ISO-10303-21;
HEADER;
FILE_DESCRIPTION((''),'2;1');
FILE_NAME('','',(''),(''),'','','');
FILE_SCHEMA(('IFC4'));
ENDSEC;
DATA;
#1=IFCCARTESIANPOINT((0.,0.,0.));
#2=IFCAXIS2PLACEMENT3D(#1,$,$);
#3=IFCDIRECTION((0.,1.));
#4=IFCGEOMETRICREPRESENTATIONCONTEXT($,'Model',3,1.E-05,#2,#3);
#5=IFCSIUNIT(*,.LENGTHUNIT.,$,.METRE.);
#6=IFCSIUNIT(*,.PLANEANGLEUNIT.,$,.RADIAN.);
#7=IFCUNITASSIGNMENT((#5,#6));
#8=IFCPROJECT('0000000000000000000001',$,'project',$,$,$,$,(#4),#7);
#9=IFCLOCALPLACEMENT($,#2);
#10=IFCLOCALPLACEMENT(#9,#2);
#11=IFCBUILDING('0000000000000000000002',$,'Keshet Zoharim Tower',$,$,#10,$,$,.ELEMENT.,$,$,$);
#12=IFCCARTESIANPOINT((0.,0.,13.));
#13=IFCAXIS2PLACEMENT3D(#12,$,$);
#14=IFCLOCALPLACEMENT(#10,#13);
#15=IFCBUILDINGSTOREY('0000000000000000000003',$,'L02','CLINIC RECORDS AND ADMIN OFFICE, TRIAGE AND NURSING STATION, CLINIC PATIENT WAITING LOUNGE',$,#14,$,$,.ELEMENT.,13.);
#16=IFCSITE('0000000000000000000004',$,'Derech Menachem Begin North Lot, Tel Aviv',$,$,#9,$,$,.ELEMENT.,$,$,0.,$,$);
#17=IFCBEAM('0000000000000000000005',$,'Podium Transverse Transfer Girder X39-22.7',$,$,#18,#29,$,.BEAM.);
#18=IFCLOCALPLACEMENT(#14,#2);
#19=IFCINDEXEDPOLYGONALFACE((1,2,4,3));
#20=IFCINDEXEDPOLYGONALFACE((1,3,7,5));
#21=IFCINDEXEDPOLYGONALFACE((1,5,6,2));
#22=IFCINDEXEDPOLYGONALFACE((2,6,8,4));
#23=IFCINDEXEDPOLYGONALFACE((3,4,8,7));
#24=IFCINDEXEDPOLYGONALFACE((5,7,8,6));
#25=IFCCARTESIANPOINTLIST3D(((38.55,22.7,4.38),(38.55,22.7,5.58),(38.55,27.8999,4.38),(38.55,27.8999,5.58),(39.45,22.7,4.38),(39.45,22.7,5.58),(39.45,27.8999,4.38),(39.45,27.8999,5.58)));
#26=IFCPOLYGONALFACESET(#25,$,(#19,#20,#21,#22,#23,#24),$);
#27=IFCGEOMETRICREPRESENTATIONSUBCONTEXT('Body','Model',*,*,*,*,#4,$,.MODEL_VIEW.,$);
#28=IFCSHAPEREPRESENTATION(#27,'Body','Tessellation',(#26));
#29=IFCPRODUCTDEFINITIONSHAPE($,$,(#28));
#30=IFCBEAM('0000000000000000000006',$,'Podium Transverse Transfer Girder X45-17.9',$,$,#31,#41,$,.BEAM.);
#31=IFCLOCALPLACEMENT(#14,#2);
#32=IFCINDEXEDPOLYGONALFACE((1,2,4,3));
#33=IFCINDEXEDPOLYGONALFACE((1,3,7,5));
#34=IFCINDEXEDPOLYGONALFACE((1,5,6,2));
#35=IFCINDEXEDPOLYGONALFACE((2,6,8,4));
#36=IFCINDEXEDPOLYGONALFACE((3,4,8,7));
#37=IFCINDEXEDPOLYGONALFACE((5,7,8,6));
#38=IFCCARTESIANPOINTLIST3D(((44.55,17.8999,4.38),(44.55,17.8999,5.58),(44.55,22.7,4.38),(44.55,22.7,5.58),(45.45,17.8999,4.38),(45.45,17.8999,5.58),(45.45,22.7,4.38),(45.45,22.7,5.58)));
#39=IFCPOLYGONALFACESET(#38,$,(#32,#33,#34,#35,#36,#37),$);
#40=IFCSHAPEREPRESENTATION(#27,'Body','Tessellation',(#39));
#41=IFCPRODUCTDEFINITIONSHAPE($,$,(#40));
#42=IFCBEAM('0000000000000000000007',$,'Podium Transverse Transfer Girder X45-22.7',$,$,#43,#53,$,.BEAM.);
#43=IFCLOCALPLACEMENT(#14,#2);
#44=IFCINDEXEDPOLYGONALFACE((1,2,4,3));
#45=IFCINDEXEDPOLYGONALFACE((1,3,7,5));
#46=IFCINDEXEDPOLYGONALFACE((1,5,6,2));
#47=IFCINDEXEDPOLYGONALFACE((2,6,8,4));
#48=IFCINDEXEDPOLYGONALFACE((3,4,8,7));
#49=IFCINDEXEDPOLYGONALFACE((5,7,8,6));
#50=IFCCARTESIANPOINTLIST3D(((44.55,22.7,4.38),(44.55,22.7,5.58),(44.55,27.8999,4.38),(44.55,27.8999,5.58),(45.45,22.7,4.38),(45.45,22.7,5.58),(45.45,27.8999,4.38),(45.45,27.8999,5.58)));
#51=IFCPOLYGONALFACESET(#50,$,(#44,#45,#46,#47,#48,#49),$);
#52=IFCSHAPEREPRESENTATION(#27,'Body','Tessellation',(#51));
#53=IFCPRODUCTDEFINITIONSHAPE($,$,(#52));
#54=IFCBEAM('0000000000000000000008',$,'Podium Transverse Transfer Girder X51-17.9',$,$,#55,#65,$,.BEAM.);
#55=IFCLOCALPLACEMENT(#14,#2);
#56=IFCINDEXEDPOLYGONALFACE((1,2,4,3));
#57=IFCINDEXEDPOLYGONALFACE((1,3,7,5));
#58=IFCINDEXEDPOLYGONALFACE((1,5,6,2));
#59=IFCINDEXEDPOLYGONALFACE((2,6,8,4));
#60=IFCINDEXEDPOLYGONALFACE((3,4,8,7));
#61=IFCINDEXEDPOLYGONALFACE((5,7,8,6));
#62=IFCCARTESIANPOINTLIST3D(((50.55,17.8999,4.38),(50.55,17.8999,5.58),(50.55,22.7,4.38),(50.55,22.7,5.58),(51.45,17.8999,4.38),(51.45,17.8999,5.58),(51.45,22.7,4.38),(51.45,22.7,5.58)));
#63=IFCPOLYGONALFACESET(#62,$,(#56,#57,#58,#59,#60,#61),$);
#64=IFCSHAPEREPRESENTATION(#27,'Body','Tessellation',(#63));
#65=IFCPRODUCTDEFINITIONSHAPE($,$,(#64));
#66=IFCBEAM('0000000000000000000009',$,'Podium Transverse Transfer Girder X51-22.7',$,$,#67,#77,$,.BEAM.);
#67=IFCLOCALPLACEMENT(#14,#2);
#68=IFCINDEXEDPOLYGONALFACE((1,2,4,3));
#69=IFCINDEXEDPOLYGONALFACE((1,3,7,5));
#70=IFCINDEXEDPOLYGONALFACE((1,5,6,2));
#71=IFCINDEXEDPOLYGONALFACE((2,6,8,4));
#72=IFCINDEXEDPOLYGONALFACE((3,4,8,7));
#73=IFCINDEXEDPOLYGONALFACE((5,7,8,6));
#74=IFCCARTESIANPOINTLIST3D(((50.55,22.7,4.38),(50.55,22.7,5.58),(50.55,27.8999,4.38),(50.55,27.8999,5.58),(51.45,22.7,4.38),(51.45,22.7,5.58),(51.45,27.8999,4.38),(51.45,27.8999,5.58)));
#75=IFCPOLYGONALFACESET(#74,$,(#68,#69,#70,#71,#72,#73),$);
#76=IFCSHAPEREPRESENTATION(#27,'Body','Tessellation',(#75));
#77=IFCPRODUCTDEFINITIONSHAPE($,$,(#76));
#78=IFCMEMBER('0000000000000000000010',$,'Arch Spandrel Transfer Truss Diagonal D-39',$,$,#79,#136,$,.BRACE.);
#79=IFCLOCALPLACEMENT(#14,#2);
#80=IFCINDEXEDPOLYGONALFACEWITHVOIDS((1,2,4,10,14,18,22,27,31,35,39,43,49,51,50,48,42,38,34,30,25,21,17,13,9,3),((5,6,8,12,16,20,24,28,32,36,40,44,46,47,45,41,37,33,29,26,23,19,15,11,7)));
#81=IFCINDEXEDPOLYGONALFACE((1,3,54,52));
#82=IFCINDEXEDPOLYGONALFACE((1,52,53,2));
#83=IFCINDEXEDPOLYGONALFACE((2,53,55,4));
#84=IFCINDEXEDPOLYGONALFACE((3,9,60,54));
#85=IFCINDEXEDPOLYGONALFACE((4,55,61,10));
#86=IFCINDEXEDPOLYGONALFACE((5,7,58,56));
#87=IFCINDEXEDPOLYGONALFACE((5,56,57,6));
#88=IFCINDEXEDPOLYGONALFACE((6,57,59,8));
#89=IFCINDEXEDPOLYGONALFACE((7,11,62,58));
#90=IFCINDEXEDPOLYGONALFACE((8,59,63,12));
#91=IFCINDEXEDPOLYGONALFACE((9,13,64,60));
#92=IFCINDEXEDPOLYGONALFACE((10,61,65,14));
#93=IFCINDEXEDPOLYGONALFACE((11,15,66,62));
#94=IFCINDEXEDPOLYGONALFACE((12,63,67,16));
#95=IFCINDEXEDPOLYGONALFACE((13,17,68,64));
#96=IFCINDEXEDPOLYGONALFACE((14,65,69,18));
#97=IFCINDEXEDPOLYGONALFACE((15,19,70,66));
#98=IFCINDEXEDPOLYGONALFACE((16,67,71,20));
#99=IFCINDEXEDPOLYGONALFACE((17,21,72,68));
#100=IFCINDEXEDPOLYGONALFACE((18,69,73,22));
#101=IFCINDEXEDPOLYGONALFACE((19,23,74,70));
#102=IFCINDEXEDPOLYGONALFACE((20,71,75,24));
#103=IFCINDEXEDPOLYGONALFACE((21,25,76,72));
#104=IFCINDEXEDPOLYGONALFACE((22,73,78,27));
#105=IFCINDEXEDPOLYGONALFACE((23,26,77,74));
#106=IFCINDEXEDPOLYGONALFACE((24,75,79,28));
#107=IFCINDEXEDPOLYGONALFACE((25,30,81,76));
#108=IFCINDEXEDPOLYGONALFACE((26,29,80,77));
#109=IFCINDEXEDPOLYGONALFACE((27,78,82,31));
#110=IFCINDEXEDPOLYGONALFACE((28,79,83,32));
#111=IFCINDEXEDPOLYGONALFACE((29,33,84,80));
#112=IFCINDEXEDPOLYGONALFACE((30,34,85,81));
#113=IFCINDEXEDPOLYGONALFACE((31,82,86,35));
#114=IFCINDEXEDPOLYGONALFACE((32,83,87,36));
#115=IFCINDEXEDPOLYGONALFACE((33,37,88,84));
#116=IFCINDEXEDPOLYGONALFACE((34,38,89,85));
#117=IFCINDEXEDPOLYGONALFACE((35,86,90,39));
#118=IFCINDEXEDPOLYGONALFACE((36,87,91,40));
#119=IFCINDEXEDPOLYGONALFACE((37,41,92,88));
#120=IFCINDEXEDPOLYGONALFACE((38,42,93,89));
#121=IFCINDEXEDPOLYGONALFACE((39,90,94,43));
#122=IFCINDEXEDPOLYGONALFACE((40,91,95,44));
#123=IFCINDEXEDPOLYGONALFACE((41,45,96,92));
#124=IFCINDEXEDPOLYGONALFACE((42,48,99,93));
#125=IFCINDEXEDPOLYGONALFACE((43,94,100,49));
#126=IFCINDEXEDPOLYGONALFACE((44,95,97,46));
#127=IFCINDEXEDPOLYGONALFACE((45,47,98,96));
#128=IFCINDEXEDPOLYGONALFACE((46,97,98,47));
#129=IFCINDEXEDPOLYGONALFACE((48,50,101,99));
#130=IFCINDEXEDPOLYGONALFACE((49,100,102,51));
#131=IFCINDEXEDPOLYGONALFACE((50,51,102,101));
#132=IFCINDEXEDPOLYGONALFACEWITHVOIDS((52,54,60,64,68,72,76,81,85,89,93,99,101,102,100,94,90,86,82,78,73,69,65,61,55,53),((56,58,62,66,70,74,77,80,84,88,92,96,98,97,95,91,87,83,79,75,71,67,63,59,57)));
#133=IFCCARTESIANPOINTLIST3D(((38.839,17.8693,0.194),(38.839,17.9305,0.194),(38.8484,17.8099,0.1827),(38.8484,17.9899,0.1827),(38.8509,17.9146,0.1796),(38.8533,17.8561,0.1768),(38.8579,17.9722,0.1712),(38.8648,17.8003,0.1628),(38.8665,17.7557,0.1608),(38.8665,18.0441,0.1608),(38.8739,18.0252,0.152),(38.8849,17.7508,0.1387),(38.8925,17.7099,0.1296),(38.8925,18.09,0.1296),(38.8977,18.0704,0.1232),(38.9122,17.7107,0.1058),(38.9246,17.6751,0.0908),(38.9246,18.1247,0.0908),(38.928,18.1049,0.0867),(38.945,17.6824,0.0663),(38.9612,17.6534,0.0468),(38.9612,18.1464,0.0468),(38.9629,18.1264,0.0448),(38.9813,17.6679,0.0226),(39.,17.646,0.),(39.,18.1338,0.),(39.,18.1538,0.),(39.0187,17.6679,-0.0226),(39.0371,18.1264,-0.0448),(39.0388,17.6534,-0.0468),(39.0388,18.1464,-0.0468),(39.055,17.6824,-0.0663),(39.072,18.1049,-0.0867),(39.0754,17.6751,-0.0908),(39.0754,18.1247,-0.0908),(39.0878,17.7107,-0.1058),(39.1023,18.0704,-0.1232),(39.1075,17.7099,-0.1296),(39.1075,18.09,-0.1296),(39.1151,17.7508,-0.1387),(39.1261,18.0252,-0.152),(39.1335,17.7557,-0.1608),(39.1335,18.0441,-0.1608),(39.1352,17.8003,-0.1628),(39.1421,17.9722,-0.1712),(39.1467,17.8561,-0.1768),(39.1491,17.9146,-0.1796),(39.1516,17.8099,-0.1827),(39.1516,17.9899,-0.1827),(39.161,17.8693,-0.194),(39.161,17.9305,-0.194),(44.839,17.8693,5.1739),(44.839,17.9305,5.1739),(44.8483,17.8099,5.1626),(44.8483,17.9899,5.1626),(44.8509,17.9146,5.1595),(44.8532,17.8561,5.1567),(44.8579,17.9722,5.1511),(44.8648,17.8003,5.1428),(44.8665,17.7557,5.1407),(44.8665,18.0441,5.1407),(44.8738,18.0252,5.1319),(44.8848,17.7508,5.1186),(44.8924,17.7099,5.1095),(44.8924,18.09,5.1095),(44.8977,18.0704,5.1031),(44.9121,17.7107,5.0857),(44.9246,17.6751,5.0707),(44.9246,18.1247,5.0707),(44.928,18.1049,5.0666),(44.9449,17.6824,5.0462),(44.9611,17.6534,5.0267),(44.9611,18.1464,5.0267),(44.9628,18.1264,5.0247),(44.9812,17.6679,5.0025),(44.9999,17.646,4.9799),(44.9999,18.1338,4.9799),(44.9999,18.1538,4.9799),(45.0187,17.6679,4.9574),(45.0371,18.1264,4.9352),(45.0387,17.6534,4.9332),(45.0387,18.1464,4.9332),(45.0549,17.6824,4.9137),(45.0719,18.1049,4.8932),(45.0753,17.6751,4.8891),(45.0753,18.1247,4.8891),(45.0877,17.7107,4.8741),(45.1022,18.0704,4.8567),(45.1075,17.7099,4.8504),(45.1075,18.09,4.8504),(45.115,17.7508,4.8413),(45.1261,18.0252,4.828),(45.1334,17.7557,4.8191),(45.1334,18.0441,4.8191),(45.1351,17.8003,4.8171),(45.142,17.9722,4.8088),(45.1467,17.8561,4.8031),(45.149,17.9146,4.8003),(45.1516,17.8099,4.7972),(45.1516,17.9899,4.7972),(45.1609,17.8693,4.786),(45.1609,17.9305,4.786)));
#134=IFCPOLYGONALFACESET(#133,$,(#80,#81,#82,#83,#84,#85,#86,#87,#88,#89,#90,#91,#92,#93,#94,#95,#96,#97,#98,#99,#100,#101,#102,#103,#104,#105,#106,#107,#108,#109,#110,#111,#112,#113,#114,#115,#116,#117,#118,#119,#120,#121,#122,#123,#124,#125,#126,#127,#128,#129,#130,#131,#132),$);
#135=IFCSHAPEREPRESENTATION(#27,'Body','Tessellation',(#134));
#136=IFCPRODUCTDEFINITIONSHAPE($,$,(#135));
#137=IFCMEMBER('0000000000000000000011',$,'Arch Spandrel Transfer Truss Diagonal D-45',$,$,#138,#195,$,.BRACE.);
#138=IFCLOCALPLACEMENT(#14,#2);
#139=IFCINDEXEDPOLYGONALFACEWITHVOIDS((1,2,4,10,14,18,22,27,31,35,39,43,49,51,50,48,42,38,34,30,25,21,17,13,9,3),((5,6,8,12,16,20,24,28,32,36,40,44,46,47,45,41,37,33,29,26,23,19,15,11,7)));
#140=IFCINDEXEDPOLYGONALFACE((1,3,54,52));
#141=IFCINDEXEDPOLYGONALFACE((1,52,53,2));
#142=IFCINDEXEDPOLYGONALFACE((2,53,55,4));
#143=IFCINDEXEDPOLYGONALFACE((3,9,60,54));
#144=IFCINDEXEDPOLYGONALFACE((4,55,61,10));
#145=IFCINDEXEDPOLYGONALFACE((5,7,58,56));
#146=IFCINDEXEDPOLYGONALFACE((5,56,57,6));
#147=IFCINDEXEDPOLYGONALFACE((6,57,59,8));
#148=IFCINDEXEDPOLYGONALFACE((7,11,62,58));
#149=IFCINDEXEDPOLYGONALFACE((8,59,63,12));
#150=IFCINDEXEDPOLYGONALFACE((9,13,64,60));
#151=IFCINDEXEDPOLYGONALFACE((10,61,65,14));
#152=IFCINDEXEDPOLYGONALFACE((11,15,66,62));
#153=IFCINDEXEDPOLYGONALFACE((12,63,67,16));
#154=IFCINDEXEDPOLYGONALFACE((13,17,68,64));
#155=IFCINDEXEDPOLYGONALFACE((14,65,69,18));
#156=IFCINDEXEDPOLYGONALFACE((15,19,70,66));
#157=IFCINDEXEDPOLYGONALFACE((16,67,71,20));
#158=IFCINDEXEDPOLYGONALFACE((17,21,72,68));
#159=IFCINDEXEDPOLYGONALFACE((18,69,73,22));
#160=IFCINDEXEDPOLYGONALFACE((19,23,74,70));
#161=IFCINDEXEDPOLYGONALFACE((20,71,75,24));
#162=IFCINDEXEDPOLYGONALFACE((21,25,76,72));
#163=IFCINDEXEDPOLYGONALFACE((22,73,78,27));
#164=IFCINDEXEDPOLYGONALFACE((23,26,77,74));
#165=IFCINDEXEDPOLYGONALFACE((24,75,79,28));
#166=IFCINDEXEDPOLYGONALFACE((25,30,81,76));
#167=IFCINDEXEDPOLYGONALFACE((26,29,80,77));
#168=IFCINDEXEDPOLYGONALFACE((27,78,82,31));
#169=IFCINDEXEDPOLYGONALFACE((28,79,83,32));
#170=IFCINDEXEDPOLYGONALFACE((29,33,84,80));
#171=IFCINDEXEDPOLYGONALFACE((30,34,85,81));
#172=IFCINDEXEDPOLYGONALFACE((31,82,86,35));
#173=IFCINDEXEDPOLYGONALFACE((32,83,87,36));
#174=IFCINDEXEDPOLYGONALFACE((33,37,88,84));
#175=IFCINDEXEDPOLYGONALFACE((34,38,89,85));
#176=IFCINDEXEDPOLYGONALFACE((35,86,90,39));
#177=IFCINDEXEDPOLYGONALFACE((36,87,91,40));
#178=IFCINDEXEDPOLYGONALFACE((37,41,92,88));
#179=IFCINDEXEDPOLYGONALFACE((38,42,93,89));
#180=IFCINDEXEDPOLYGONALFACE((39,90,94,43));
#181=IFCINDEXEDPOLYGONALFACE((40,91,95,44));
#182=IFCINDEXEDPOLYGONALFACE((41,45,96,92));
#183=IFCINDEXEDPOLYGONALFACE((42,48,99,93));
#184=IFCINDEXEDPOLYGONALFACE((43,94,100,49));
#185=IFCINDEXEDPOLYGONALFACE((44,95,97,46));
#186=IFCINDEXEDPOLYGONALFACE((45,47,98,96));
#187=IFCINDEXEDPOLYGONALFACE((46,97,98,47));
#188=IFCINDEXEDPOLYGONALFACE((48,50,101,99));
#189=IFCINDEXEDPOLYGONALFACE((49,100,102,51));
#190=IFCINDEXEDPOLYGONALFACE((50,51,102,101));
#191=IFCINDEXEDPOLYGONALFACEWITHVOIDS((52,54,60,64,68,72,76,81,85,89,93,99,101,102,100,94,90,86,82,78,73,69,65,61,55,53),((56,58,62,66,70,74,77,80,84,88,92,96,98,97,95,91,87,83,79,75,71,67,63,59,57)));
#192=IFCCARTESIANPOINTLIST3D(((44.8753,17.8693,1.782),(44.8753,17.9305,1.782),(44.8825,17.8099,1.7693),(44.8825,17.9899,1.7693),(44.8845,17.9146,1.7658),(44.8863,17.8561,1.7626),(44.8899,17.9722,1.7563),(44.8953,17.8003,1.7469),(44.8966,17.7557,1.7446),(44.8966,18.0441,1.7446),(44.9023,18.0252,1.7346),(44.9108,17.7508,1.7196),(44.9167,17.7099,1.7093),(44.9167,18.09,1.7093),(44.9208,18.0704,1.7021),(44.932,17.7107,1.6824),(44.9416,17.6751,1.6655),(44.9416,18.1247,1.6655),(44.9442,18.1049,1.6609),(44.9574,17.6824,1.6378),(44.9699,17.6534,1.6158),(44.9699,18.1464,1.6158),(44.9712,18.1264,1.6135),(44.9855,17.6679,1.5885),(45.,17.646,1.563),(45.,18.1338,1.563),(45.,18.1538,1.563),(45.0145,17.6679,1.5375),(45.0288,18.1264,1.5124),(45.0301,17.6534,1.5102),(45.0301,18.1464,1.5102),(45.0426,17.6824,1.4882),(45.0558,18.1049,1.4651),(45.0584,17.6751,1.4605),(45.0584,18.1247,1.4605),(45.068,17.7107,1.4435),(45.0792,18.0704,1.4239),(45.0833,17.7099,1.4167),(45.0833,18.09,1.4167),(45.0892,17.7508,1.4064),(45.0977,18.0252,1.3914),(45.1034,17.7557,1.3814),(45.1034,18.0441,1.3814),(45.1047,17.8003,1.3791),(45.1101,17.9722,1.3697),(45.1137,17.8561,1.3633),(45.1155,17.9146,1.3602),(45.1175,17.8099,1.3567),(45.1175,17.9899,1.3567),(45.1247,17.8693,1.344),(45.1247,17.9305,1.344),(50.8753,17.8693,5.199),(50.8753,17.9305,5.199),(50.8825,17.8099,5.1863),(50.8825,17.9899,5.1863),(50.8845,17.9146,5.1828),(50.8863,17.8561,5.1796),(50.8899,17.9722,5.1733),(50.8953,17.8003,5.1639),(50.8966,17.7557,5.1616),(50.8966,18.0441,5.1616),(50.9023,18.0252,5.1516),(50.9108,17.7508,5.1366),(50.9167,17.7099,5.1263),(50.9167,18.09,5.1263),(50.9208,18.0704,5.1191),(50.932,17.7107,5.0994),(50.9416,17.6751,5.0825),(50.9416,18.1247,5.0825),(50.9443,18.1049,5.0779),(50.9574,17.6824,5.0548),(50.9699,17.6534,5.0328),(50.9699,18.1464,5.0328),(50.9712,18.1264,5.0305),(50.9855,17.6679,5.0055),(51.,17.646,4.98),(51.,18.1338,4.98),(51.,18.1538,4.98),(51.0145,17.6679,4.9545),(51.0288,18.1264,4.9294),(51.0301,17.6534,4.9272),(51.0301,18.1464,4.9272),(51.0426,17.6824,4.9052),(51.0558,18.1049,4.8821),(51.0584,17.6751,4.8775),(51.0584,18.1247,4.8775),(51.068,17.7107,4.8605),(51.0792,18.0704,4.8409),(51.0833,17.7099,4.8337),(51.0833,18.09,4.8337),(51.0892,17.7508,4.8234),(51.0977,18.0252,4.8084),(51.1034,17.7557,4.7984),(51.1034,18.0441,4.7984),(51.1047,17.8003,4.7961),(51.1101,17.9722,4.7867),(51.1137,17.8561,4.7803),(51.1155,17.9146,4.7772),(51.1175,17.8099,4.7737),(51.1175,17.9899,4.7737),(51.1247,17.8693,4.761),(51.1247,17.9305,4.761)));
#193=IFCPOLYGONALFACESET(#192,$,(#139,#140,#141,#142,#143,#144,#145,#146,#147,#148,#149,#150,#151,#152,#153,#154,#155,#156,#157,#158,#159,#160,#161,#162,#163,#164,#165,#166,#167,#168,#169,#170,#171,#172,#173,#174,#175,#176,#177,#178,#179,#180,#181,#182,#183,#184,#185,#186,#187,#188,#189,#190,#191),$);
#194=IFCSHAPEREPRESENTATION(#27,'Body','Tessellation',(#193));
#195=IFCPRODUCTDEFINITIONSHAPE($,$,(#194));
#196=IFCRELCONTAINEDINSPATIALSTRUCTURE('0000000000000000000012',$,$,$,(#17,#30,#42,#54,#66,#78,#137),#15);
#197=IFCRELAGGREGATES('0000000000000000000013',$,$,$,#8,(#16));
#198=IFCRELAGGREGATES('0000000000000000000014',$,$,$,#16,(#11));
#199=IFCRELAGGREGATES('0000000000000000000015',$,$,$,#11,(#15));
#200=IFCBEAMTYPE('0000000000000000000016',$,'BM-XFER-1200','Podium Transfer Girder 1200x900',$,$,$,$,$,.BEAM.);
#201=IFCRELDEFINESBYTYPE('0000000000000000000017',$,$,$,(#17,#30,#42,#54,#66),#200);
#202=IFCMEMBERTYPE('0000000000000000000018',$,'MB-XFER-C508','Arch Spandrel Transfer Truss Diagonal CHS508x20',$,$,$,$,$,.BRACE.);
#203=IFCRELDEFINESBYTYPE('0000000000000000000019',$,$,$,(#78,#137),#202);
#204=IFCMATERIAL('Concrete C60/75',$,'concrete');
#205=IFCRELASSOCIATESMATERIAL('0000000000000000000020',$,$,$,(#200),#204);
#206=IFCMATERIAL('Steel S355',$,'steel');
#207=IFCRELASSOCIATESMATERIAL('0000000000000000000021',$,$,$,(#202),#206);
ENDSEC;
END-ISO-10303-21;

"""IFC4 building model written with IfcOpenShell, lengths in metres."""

from ifc_helpers import new_model, si_unit, direction, frame, origin, origin_2d, place, context, subcontext, project, spatial, rectangle, hollow_circle, extrude, material, material_profile, profile_set, type_object, element, save


model = new_model("IFC4")

# Units and contexts
model_context = context("Model", 3, precision=1e-05, world=origin(), true_north=direction((0.0, 1.0)))
body_context = subcontext(model_context, "Body", "Model", "MODEL_VIEW")
ifc_project = project(units=[si_unit("LENGTHUNIT", "METRE"), si_unit("PLANEANGLEUNIT", "RADIAN")], contexts=[model_context])

# Site, building, storey
site_placement = place(None, origin())
site = spatial("IfcSite", under=ifc_project, at=site_placement, Name="Derech Menachem Begin North Lot, Tel Aviv", CompositionType="ELEMENT", RefElevation=0.0)
building_placement = place(site_placement, origin())
building = spatial("IfcBuilding", under=site, at=building_placement, Name="Keshet Zoharim Tower", CompositionType="ELEMENT")
storey_placement = place(building_placement, frame((0.0, 0.0, 13.0)))
storey = spatial("IfcBuildingStorey", under=building, at=storey_placement, Name="L02", Description="CLINIC RECORDS AND ADMIN OFFICE, TRIAGE AND NURSING STATION, CLINIC PATIENT WAITING LOUNGE", CompositionType="ELEMENT", Elevation=13.0)

# Shared definitions
ifc_material_1 = material(Name="Steel S355", Category="steel")

# Beams
ifc_material_2 = material(Name="Concrete C60/75", Category="concrete")
ifc_material_profile_1 = material_profile(ifc_material_2, rectangle(XDim=0.8999, YDim=1.2, at=origin_2d()), Name="RC1200x900")
ifc_profile_set_1 = profile_set([ifc_material_profile_1], Name="Concrete C60/75")
beam_type_1 = type_object("IfcBeamType", Name="BM-XFER-1200", Description="Podium Transfer Girder 1200x900", PredefinedType="BEAM", material=ifc_profile_set_1)
beam_1_placement = place(storey_placement, frame((39.0, 22.7, 4.98), z_axis=(0.0, 1.0, 0.0), x_axis=(-1.0, 0.0, 0.0)))
element("IfcBeam", 1, at=beam_1_placement, inside=storey, type_object=beam_type_1, Name="Podium Transverse Transfer Girder X39-22.7", PredefinedType="BEAM", context=body_context, shape_type="SweptSolid", body=[
    extrude(rectangle(XDim=0.8999, YDim=1.2, at=origin_2d()), origin(), (0.0, 0.0, 1.0), 5.2),
])
beam_2_placement = place(storey_placement, frame((45.0, 17.8999, 4.98), z_axis=(0.0, 1.0, 0.0), x_axis=(-1.0, 0.0, 0.0)))
element("IfcBeam", 2, at=beam_2_placement, inside=storey, type_object=beam_type_1, Name="Podium Transverse Transfer Girder X45-17.9", PredefinedType="BEAM", context=body_context, shape_type="SweptSolid", body=[
    extrude(rectangle(XDim=0.8999, YDim=1.2, at=origin_2d()), origin(), (0.0, 0.0, 1.0), 4.8),
])
beam_3_placement = place(storey_placement, frame((45.0, 22.7, 4.98), z_axis=(0.0, 1.0, 0.0), x_axis=(-1.0, 0.0, 0.0)))
element("IfcBeam", 3, at=beam_3_placement, inside=storey, type_object=beam_type_1, Name="Podium Transverse Transfer Girder X45-22.7", PredefinedType="BEAM", context=body_context, shape_type="SweptSolid", body=[
    extrude(rectangle(XDim=0.8999, YDim=1.2, at=origin_2d()), origin(), (0.0, 0.0, 1.0), 5.2),
])
beam_4_placement = place(storey_placement, frame((51.0, 17.8999, 4.98), z_axis=(0.0, 1.0, 0.0), x_axis=(-1.0, 0.0, 0.0)))
element("IfcBeam", 4, at=beam_4_placement, inside=storey, type_object=beam_type_1, Name="Podium Transverse Transfer Girder X51-17.9", PredefinedType="BEAM", context=body_context, shape_type="SweptSolid", body=[
    extrude(rectangle(XDim=0.8999, YDim=1.2, at=origin_2d()), origin(), (0.0, 0.0, 1.0), 4.8),
])
beam_5_placement = place(storey_placement, frame((51.0, 22.7, 4.98), z_axis=(0.0, 1.0, 0.0), x_axis=(-1.0, 0.0, 0.0)))
element("IfcBeam", 5, at=beam_5_placement, inside=storey, type_object=beam_type_1, Name="Podium Transverse Transfer Girder X51-22.7", PredefinedType="BEAM", context=body_context, shape_type="SweptSolid", body=[
    extrude(rectangle(XDim=0.8999, YDim=1.2, at=origin_2d()), origin(), (0.0, 0.0, 1.0), 5.2),
])

# Members
ifc_material_profile_2 = material_profile(ifc_material_1, hollow_circle(Radius=0.2539, WallThickness=0.02, at=origin_2d()), Name="CHS508x20")
ifc_profile_set_2 = profile_set([ifc_material_profile_2], Name="Steel S355")
member_type = type_object("IfcMemberType", Name="MB-XFER-C508", Description="Arch Spandrel Transfer Truss Diagonal CHS508x20", PredefinedType="BRACE", material=ifc_profile_set_2)
member_1_placement = place(storey_placement, frame((39.0, 17.8999, 0.0), z_axis=(0.769482, 0.0, 0.638668), x_axis=(0.0, 1.0, 0.0)))
element("IfcMember", 6, at=member_1_placement, inside=storey, type_object=member_type, Name="Arch Spandrel Transfer Truss Diagonal D-39", PredefinedType="BRACE", context=body_context, shape_type="SweptSolid", body=[
    extrude(hollow_circle(Radius=0.2539, WallThickness=0.02, at=origin_2d()), origin(), (0.0, 0.0, 1.0), 7.7974),
])
member_2_placement = place(storey_placement, frame((45.0, 17.8999, 1.563), z_axis=(0.868965, 0.0, 0.494874), x_axis=(0.0, 1.0, 0.0)))
element("IfcMember", 7, at=member_2_placement, inside=storey, type_object=member_type, Name="Arch Spandrel Transfer Truss Diagonal D-45", PredefinedType="BRACE", context=body_context, shape_type="SweptSolid", body=[
    extrude(hollow_circle(Radius=0.2539, WallThickness=0.02, at=origin_2d()), origin(), (0.0, 0.0, 1.0), 6.9048),
])

save(model, "model.ifc")
